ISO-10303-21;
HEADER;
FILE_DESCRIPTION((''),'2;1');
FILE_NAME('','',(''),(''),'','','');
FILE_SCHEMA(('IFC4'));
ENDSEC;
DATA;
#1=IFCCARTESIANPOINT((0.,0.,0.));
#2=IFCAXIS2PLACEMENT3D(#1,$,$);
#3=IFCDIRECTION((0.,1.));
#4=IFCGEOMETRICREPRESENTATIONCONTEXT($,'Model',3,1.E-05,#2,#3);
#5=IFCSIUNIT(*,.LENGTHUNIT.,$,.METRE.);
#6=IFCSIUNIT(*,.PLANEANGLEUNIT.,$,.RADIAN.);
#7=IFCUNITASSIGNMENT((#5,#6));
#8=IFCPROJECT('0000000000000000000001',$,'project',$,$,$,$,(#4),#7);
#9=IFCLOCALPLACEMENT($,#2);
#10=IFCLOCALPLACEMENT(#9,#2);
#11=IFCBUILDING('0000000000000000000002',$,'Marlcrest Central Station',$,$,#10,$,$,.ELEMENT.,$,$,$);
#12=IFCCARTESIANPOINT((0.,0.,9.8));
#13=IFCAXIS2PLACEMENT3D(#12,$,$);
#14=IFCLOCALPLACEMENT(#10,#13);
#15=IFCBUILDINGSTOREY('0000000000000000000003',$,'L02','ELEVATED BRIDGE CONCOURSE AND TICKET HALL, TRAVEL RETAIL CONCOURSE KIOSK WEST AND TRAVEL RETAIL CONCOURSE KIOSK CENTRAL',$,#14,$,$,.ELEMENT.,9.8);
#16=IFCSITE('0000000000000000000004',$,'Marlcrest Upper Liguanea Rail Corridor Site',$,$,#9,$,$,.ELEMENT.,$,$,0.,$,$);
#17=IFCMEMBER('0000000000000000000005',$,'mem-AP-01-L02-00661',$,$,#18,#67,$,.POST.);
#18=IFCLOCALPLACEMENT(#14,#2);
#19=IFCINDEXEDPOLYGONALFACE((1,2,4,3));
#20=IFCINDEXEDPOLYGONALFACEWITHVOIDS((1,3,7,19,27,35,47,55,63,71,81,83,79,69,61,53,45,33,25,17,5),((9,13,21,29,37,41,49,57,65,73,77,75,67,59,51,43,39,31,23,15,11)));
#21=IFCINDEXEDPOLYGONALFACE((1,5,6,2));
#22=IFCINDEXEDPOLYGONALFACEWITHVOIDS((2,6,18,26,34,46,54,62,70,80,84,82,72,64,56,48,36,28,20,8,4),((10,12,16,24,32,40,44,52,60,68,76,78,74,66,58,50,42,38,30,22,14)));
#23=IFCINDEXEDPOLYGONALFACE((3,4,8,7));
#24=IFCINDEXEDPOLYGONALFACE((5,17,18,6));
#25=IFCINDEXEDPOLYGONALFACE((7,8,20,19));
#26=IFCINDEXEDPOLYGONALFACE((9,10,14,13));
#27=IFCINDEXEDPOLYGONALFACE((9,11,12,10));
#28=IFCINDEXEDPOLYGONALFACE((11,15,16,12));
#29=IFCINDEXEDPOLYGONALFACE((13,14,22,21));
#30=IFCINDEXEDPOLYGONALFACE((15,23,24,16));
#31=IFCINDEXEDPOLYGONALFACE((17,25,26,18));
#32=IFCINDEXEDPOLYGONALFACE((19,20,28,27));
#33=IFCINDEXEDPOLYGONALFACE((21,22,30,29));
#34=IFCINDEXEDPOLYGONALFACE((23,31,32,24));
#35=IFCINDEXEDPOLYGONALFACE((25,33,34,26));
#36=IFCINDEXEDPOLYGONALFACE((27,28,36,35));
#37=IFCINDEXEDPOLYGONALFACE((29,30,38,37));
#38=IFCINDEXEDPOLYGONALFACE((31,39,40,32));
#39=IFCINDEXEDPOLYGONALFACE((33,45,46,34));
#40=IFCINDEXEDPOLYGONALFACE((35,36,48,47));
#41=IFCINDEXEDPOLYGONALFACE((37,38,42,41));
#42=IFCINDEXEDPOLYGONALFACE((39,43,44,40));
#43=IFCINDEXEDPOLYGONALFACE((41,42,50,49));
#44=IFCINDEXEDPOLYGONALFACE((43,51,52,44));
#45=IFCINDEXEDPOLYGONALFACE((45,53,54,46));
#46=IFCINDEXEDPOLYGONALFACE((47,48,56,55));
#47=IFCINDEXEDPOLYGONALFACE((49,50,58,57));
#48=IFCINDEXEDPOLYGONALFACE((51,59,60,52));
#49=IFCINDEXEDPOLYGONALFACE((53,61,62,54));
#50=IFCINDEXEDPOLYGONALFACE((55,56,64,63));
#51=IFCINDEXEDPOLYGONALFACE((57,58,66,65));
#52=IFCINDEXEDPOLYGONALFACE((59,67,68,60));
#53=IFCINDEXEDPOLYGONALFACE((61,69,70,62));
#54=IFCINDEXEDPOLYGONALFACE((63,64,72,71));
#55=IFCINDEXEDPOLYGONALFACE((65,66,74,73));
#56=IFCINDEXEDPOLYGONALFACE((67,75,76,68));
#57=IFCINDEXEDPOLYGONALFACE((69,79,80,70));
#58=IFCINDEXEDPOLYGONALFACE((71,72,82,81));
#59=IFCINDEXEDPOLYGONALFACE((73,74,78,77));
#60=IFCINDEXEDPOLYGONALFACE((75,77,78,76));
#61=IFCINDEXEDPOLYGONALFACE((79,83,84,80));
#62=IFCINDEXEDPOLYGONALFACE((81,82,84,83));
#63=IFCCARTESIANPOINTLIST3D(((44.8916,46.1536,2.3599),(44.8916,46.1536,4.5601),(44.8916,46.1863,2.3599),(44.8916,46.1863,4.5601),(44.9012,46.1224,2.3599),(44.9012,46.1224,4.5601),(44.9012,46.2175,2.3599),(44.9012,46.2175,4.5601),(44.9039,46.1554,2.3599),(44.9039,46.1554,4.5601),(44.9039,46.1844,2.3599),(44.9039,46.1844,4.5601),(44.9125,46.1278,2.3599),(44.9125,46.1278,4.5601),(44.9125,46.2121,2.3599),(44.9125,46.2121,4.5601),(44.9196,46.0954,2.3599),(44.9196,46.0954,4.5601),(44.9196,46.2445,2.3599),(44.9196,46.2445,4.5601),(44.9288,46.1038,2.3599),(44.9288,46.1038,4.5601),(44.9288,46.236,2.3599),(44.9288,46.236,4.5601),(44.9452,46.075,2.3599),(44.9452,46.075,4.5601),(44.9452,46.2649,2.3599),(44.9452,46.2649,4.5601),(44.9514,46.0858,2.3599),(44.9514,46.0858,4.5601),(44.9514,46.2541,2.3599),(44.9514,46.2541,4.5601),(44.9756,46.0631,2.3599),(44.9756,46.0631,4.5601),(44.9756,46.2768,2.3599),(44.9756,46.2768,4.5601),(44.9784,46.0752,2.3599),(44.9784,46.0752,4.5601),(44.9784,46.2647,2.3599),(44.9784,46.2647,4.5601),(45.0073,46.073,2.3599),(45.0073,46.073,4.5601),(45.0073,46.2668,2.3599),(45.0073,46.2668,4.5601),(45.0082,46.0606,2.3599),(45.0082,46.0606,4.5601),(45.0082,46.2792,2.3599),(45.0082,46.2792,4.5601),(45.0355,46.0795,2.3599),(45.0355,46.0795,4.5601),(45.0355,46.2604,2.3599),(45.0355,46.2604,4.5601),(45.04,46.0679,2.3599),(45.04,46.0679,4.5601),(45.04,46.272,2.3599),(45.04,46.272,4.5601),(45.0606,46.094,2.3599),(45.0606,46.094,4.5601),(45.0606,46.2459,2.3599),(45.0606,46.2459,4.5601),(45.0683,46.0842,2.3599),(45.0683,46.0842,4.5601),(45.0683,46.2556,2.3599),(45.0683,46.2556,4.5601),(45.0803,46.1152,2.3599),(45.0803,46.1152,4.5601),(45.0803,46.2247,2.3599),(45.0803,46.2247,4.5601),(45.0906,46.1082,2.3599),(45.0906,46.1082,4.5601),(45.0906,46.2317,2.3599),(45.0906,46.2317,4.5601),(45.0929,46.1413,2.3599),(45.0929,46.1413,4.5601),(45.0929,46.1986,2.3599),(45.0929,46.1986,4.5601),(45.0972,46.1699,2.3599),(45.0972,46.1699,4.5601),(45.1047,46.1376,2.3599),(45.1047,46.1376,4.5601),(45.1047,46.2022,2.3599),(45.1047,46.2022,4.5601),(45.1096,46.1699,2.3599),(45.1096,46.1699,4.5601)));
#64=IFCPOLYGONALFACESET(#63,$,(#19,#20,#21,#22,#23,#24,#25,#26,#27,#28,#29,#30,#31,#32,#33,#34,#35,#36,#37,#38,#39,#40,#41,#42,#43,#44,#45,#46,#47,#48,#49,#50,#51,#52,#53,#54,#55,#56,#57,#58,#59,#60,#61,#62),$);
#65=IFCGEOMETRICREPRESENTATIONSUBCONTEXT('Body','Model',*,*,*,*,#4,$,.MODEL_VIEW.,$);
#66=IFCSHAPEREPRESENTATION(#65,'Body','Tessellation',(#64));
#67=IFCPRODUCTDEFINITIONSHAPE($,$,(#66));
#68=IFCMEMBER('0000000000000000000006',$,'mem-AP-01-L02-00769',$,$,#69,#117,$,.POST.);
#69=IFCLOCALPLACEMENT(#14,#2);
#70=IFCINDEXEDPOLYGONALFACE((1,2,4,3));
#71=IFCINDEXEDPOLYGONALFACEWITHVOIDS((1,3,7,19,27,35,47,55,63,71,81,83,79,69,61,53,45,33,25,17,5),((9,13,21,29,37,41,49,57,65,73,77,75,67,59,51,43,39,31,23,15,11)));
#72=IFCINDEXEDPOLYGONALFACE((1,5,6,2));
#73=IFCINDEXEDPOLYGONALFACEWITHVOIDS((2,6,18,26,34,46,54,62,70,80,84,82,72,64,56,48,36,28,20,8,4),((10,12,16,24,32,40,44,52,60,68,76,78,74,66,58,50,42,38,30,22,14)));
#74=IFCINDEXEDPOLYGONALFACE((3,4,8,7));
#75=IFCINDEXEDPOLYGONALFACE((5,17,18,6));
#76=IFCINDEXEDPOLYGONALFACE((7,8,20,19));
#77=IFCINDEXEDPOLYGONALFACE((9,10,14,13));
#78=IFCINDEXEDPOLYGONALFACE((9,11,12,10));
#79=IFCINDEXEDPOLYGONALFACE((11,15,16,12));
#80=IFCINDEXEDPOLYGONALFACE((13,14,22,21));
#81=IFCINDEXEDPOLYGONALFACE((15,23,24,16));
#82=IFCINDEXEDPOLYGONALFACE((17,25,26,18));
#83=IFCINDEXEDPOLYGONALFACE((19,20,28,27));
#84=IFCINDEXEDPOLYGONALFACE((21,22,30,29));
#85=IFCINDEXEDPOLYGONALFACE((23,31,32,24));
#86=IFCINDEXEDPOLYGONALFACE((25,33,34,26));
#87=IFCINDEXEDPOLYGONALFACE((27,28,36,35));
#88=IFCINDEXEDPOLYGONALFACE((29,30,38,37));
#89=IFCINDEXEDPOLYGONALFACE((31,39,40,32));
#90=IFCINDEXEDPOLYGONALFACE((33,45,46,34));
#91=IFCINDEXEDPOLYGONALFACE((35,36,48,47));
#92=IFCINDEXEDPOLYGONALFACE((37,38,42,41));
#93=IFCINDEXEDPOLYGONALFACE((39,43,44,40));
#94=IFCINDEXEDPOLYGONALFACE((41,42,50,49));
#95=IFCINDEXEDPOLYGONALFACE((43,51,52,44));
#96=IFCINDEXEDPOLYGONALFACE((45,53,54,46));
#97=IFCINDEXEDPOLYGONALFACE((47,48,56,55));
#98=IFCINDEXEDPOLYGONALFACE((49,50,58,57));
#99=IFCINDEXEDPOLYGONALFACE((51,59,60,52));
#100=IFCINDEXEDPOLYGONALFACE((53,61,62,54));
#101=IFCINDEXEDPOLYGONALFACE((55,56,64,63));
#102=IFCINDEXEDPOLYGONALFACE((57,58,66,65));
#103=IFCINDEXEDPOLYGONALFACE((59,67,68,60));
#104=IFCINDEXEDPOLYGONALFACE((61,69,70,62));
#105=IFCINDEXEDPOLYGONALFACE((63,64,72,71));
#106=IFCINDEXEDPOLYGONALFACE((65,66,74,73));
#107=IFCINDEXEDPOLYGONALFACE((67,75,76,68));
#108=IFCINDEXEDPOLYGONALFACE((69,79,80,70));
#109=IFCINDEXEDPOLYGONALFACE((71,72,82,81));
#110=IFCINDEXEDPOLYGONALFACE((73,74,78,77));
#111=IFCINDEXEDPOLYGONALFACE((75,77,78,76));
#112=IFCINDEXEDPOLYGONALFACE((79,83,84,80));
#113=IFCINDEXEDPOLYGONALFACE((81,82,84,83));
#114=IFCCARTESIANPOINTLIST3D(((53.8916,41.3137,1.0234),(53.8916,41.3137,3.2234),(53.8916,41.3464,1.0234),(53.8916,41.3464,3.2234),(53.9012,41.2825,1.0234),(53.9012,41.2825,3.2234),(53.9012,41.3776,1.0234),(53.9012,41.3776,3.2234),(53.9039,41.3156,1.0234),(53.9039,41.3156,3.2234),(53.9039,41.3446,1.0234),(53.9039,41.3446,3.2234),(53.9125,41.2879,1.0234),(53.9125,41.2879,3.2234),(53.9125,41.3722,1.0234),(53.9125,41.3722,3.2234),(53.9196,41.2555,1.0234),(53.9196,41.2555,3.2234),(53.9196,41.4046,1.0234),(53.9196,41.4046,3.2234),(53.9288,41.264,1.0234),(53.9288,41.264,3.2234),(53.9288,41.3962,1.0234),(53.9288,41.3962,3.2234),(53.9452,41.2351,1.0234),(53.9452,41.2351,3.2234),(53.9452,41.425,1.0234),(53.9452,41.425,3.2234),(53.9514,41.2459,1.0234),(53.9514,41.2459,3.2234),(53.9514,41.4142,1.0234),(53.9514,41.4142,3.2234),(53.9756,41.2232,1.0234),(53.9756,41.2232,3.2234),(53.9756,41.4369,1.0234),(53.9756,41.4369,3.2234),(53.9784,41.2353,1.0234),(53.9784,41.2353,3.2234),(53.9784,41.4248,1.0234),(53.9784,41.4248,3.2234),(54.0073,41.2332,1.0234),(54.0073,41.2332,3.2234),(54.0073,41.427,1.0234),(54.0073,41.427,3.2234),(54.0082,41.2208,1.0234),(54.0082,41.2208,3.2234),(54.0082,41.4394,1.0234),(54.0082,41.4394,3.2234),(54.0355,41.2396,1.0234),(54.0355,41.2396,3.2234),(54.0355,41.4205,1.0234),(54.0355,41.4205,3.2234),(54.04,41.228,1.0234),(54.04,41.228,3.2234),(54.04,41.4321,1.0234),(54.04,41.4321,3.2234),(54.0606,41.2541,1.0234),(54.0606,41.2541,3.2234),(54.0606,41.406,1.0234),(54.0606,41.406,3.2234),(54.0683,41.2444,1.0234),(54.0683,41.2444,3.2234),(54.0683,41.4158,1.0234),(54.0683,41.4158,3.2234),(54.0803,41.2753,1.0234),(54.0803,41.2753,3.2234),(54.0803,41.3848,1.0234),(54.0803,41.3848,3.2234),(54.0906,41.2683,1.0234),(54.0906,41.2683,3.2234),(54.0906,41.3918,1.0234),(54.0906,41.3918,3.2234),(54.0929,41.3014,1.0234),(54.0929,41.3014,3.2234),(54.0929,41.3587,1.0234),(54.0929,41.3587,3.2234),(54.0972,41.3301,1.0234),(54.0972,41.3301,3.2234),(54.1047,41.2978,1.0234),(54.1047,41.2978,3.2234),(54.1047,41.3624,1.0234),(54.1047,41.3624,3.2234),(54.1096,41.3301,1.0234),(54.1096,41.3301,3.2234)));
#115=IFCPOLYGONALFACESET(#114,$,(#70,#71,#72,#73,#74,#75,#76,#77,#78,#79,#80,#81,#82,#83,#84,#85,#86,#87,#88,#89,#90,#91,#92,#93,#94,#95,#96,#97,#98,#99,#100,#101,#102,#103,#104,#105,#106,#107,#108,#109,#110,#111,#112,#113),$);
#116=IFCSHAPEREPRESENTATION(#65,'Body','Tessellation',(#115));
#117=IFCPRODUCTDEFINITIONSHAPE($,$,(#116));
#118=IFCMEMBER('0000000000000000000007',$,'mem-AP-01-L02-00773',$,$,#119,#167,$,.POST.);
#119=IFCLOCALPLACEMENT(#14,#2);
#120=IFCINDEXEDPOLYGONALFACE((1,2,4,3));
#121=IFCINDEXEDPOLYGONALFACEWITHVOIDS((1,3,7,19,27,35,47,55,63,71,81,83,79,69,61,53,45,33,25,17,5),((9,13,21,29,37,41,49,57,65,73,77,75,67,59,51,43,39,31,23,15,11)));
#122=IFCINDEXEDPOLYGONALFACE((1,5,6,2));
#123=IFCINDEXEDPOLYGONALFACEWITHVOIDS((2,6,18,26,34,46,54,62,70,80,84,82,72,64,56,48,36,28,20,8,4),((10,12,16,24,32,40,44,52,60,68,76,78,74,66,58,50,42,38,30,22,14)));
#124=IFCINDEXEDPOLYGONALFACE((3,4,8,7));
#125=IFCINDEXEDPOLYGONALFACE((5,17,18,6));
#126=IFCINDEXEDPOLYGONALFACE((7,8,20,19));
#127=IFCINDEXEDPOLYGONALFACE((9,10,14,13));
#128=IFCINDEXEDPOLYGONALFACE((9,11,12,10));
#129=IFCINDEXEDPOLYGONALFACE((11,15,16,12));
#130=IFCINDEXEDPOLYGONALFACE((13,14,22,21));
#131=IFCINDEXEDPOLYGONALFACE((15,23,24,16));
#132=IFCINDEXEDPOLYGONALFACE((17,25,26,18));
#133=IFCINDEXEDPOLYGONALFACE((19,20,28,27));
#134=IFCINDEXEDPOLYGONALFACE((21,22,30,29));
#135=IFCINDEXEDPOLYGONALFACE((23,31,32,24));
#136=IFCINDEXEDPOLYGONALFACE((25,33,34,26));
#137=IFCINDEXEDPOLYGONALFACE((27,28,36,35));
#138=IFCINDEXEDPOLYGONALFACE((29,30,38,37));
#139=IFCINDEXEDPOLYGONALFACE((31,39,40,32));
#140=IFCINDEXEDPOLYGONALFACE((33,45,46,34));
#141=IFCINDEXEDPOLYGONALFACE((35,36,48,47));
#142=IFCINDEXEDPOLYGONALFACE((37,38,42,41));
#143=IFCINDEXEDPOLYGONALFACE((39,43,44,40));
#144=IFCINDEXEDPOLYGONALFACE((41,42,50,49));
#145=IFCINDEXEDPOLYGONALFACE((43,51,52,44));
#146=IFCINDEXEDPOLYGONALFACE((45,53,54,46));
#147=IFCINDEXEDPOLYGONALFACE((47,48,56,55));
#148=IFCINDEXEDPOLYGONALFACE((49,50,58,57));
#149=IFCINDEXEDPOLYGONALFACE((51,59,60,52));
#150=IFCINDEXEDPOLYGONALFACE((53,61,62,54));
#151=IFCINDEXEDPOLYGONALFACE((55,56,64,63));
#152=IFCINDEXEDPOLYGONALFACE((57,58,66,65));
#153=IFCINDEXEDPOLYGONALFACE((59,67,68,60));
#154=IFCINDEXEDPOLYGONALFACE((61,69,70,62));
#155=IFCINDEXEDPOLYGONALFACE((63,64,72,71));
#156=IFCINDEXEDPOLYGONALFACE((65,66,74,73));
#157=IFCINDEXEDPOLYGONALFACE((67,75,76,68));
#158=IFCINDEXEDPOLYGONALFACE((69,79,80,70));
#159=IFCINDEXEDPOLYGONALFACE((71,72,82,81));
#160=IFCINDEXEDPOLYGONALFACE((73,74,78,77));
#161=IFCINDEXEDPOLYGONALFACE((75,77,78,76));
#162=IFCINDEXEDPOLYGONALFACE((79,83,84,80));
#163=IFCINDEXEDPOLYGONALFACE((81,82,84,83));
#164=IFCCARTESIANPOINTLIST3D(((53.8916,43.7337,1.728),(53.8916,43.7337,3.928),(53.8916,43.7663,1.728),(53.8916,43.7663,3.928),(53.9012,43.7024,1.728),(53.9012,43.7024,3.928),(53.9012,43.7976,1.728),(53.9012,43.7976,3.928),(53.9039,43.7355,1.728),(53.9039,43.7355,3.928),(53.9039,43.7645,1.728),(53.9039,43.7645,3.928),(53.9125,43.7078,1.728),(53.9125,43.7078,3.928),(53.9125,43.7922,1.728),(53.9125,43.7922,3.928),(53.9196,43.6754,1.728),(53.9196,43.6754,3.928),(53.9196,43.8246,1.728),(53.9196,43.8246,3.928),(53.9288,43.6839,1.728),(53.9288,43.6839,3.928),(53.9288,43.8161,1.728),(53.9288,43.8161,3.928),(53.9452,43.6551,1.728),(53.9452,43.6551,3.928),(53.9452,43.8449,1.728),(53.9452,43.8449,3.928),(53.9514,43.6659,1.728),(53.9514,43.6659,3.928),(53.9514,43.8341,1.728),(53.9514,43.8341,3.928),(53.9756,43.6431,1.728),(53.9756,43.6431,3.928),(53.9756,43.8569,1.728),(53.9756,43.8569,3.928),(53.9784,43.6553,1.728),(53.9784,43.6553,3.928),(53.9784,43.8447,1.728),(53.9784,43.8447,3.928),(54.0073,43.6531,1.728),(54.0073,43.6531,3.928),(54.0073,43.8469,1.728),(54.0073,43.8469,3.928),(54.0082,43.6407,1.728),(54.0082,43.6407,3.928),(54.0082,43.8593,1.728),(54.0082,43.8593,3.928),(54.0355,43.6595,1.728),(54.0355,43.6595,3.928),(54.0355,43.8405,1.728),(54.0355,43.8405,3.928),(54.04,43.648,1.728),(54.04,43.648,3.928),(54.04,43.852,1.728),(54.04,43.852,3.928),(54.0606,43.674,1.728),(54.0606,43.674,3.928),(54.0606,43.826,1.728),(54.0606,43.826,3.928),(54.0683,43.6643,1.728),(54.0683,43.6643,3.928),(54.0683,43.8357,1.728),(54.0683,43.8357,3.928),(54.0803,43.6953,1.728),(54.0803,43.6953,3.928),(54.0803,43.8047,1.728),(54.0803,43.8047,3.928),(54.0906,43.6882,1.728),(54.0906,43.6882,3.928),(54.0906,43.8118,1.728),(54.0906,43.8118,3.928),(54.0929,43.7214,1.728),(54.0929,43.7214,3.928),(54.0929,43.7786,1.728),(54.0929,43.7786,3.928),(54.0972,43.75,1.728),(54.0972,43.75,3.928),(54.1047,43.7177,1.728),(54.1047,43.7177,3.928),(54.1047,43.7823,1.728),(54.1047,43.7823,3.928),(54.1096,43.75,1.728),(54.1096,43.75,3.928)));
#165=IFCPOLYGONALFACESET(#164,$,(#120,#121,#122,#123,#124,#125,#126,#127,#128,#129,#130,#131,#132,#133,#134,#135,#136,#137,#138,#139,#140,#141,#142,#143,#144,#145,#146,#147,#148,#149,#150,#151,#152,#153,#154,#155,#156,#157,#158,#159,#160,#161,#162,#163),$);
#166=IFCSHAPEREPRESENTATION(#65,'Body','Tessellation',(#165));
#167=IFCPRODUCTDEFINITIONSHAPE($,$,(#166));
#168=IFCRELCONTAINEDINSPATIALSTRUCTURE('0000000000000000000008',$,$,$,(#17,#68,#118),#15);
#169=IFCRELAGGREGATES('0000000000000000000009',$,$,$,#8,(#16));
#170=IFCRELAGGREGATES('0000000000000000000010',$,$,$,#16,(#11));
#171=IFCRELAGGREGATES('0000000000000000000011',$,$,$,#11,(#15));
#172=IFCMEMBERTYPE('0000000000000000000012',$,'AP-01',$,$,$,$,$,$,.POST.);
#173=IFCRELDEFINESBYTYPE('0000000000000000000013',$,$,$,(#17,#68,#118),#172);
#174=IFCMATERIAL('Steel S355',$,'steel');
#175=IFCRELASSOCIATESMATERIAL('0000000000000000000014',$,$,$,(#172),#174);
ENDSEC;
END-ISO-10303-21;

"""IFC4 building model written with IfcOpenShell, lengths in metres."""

from ifc_helpers import new_model, si_unit, direction, frame, origin, origin_2d, place, context, subcontext, project, spatial, hollow_circle, extrude, material, material_profile, profile_set, type_object, element, save


model = new_model("IFC4")

# Units and contexts
model_context = context("Model", 3, precision=1e-05, world=origin(), true_north=direction((0.0, 1.0)))
body_context = subcontext(model_context, "Body", "Model", "MODEL_VIEW")
ifc_project = project(units=[si_unit("LENGTHUNIT", "METRE"), si_unit("PLANEANGLEUNIT", "RADIAN")], contexts=[model_context])

# Site, building, storey
site_placement = place(None, origin())
site = spatial("IfcSite", under=ifc_project, at=site_placement, Name="Marlcrest Upper Liguanea Rail Corridor Site", CompositionType="ELEMENT", RefElevation=0.0)
building_placement = place(site_placement, origin())
building = spatial("IfcBuilding", under=site, at=building_placement, Name="Marlcrest Central Station", CompositionType="ELEMENT")
storey_placement = place(building_placement, frame((0.0, 0.0, 9.8)))
storey = spatial("IfcBuildingStorey", under=building, at=storey_placement, Name="L02", Description="ELEVATED BRIDGE CONCOURSE AND TICKET HALL, TRAVEL RETAIL CONCOURSE KIOSK WEST AND TRAVEL RETAIL CONCOURSE KIOSK CENTRAL", CompositionType="ELEMENT", Elevation=9.8)

# Members
ifc_material_1 = material(Name="Steel S355", Category="steel")
ifc_material_profile_1 = material_profile(ifc_material_1, hollow_circle(Radius=0.1096, WallThickness=0.0125, at=origin_2d()), Name="CHS 219.1x12.5")
ifc_profile_set_1 = profile_set([ifc_material_profile_1], Name="Steel S355")
member_type_1 = type_object("IfcMemberType", Name="AP-01", PredefinedType="POST", material=ifc_profile_set_1)
member_1_placement = place(storey_placement, frame((45.0, 46.1699, 2.3599), z_axis=(0.0, 0.0, 1.0), x_axis=(1.0, 0.0, 0.0)))
element("IfcMember", 1, at=member_1_placement, inside=storey, type_object=member_type_1, Name="mem-AP-01-L02-00661", PredefinedType="POST", context=body_context, shape_type="SweptSolid", body=[
    extrude(hollow_circle(Radius=0.1096, WallThickness=0.0125, at=origin_2d()), origin(), (0.0, 0.0, 1.0), 2.2002),
])
for number, where, z_axis, x_axis, name in (
    (2, (54.0, 41.3301, 1.0234), (0.0, 0.0, 1.0), (1.0, 0.0, 0.0), "mem-AP-01-L02-00769"),
    (3, (54.0, 43.75, 1.728), (0.0, 0.0, 1.0), (1.0, 0.0, 0.0), "mem-AP-01-L02-00773"),
):
    element("IfcMember", number, at=place(storey_placement, frame(where, z_axis=z_axis, x_axis=x_axis)), inside=storey, type_object=member_type_1, Name=name, PredefinedType="POST", context=body_context, shape_type="SweptSolid", body=[
        extrude(hollow_circle(Radius=0.1096, WallThickness=0.0125, at=origin_2d()), origin(), (0.0, 0.0, 1.0), 2.2),
    ])

save(model, "model.ifc")
